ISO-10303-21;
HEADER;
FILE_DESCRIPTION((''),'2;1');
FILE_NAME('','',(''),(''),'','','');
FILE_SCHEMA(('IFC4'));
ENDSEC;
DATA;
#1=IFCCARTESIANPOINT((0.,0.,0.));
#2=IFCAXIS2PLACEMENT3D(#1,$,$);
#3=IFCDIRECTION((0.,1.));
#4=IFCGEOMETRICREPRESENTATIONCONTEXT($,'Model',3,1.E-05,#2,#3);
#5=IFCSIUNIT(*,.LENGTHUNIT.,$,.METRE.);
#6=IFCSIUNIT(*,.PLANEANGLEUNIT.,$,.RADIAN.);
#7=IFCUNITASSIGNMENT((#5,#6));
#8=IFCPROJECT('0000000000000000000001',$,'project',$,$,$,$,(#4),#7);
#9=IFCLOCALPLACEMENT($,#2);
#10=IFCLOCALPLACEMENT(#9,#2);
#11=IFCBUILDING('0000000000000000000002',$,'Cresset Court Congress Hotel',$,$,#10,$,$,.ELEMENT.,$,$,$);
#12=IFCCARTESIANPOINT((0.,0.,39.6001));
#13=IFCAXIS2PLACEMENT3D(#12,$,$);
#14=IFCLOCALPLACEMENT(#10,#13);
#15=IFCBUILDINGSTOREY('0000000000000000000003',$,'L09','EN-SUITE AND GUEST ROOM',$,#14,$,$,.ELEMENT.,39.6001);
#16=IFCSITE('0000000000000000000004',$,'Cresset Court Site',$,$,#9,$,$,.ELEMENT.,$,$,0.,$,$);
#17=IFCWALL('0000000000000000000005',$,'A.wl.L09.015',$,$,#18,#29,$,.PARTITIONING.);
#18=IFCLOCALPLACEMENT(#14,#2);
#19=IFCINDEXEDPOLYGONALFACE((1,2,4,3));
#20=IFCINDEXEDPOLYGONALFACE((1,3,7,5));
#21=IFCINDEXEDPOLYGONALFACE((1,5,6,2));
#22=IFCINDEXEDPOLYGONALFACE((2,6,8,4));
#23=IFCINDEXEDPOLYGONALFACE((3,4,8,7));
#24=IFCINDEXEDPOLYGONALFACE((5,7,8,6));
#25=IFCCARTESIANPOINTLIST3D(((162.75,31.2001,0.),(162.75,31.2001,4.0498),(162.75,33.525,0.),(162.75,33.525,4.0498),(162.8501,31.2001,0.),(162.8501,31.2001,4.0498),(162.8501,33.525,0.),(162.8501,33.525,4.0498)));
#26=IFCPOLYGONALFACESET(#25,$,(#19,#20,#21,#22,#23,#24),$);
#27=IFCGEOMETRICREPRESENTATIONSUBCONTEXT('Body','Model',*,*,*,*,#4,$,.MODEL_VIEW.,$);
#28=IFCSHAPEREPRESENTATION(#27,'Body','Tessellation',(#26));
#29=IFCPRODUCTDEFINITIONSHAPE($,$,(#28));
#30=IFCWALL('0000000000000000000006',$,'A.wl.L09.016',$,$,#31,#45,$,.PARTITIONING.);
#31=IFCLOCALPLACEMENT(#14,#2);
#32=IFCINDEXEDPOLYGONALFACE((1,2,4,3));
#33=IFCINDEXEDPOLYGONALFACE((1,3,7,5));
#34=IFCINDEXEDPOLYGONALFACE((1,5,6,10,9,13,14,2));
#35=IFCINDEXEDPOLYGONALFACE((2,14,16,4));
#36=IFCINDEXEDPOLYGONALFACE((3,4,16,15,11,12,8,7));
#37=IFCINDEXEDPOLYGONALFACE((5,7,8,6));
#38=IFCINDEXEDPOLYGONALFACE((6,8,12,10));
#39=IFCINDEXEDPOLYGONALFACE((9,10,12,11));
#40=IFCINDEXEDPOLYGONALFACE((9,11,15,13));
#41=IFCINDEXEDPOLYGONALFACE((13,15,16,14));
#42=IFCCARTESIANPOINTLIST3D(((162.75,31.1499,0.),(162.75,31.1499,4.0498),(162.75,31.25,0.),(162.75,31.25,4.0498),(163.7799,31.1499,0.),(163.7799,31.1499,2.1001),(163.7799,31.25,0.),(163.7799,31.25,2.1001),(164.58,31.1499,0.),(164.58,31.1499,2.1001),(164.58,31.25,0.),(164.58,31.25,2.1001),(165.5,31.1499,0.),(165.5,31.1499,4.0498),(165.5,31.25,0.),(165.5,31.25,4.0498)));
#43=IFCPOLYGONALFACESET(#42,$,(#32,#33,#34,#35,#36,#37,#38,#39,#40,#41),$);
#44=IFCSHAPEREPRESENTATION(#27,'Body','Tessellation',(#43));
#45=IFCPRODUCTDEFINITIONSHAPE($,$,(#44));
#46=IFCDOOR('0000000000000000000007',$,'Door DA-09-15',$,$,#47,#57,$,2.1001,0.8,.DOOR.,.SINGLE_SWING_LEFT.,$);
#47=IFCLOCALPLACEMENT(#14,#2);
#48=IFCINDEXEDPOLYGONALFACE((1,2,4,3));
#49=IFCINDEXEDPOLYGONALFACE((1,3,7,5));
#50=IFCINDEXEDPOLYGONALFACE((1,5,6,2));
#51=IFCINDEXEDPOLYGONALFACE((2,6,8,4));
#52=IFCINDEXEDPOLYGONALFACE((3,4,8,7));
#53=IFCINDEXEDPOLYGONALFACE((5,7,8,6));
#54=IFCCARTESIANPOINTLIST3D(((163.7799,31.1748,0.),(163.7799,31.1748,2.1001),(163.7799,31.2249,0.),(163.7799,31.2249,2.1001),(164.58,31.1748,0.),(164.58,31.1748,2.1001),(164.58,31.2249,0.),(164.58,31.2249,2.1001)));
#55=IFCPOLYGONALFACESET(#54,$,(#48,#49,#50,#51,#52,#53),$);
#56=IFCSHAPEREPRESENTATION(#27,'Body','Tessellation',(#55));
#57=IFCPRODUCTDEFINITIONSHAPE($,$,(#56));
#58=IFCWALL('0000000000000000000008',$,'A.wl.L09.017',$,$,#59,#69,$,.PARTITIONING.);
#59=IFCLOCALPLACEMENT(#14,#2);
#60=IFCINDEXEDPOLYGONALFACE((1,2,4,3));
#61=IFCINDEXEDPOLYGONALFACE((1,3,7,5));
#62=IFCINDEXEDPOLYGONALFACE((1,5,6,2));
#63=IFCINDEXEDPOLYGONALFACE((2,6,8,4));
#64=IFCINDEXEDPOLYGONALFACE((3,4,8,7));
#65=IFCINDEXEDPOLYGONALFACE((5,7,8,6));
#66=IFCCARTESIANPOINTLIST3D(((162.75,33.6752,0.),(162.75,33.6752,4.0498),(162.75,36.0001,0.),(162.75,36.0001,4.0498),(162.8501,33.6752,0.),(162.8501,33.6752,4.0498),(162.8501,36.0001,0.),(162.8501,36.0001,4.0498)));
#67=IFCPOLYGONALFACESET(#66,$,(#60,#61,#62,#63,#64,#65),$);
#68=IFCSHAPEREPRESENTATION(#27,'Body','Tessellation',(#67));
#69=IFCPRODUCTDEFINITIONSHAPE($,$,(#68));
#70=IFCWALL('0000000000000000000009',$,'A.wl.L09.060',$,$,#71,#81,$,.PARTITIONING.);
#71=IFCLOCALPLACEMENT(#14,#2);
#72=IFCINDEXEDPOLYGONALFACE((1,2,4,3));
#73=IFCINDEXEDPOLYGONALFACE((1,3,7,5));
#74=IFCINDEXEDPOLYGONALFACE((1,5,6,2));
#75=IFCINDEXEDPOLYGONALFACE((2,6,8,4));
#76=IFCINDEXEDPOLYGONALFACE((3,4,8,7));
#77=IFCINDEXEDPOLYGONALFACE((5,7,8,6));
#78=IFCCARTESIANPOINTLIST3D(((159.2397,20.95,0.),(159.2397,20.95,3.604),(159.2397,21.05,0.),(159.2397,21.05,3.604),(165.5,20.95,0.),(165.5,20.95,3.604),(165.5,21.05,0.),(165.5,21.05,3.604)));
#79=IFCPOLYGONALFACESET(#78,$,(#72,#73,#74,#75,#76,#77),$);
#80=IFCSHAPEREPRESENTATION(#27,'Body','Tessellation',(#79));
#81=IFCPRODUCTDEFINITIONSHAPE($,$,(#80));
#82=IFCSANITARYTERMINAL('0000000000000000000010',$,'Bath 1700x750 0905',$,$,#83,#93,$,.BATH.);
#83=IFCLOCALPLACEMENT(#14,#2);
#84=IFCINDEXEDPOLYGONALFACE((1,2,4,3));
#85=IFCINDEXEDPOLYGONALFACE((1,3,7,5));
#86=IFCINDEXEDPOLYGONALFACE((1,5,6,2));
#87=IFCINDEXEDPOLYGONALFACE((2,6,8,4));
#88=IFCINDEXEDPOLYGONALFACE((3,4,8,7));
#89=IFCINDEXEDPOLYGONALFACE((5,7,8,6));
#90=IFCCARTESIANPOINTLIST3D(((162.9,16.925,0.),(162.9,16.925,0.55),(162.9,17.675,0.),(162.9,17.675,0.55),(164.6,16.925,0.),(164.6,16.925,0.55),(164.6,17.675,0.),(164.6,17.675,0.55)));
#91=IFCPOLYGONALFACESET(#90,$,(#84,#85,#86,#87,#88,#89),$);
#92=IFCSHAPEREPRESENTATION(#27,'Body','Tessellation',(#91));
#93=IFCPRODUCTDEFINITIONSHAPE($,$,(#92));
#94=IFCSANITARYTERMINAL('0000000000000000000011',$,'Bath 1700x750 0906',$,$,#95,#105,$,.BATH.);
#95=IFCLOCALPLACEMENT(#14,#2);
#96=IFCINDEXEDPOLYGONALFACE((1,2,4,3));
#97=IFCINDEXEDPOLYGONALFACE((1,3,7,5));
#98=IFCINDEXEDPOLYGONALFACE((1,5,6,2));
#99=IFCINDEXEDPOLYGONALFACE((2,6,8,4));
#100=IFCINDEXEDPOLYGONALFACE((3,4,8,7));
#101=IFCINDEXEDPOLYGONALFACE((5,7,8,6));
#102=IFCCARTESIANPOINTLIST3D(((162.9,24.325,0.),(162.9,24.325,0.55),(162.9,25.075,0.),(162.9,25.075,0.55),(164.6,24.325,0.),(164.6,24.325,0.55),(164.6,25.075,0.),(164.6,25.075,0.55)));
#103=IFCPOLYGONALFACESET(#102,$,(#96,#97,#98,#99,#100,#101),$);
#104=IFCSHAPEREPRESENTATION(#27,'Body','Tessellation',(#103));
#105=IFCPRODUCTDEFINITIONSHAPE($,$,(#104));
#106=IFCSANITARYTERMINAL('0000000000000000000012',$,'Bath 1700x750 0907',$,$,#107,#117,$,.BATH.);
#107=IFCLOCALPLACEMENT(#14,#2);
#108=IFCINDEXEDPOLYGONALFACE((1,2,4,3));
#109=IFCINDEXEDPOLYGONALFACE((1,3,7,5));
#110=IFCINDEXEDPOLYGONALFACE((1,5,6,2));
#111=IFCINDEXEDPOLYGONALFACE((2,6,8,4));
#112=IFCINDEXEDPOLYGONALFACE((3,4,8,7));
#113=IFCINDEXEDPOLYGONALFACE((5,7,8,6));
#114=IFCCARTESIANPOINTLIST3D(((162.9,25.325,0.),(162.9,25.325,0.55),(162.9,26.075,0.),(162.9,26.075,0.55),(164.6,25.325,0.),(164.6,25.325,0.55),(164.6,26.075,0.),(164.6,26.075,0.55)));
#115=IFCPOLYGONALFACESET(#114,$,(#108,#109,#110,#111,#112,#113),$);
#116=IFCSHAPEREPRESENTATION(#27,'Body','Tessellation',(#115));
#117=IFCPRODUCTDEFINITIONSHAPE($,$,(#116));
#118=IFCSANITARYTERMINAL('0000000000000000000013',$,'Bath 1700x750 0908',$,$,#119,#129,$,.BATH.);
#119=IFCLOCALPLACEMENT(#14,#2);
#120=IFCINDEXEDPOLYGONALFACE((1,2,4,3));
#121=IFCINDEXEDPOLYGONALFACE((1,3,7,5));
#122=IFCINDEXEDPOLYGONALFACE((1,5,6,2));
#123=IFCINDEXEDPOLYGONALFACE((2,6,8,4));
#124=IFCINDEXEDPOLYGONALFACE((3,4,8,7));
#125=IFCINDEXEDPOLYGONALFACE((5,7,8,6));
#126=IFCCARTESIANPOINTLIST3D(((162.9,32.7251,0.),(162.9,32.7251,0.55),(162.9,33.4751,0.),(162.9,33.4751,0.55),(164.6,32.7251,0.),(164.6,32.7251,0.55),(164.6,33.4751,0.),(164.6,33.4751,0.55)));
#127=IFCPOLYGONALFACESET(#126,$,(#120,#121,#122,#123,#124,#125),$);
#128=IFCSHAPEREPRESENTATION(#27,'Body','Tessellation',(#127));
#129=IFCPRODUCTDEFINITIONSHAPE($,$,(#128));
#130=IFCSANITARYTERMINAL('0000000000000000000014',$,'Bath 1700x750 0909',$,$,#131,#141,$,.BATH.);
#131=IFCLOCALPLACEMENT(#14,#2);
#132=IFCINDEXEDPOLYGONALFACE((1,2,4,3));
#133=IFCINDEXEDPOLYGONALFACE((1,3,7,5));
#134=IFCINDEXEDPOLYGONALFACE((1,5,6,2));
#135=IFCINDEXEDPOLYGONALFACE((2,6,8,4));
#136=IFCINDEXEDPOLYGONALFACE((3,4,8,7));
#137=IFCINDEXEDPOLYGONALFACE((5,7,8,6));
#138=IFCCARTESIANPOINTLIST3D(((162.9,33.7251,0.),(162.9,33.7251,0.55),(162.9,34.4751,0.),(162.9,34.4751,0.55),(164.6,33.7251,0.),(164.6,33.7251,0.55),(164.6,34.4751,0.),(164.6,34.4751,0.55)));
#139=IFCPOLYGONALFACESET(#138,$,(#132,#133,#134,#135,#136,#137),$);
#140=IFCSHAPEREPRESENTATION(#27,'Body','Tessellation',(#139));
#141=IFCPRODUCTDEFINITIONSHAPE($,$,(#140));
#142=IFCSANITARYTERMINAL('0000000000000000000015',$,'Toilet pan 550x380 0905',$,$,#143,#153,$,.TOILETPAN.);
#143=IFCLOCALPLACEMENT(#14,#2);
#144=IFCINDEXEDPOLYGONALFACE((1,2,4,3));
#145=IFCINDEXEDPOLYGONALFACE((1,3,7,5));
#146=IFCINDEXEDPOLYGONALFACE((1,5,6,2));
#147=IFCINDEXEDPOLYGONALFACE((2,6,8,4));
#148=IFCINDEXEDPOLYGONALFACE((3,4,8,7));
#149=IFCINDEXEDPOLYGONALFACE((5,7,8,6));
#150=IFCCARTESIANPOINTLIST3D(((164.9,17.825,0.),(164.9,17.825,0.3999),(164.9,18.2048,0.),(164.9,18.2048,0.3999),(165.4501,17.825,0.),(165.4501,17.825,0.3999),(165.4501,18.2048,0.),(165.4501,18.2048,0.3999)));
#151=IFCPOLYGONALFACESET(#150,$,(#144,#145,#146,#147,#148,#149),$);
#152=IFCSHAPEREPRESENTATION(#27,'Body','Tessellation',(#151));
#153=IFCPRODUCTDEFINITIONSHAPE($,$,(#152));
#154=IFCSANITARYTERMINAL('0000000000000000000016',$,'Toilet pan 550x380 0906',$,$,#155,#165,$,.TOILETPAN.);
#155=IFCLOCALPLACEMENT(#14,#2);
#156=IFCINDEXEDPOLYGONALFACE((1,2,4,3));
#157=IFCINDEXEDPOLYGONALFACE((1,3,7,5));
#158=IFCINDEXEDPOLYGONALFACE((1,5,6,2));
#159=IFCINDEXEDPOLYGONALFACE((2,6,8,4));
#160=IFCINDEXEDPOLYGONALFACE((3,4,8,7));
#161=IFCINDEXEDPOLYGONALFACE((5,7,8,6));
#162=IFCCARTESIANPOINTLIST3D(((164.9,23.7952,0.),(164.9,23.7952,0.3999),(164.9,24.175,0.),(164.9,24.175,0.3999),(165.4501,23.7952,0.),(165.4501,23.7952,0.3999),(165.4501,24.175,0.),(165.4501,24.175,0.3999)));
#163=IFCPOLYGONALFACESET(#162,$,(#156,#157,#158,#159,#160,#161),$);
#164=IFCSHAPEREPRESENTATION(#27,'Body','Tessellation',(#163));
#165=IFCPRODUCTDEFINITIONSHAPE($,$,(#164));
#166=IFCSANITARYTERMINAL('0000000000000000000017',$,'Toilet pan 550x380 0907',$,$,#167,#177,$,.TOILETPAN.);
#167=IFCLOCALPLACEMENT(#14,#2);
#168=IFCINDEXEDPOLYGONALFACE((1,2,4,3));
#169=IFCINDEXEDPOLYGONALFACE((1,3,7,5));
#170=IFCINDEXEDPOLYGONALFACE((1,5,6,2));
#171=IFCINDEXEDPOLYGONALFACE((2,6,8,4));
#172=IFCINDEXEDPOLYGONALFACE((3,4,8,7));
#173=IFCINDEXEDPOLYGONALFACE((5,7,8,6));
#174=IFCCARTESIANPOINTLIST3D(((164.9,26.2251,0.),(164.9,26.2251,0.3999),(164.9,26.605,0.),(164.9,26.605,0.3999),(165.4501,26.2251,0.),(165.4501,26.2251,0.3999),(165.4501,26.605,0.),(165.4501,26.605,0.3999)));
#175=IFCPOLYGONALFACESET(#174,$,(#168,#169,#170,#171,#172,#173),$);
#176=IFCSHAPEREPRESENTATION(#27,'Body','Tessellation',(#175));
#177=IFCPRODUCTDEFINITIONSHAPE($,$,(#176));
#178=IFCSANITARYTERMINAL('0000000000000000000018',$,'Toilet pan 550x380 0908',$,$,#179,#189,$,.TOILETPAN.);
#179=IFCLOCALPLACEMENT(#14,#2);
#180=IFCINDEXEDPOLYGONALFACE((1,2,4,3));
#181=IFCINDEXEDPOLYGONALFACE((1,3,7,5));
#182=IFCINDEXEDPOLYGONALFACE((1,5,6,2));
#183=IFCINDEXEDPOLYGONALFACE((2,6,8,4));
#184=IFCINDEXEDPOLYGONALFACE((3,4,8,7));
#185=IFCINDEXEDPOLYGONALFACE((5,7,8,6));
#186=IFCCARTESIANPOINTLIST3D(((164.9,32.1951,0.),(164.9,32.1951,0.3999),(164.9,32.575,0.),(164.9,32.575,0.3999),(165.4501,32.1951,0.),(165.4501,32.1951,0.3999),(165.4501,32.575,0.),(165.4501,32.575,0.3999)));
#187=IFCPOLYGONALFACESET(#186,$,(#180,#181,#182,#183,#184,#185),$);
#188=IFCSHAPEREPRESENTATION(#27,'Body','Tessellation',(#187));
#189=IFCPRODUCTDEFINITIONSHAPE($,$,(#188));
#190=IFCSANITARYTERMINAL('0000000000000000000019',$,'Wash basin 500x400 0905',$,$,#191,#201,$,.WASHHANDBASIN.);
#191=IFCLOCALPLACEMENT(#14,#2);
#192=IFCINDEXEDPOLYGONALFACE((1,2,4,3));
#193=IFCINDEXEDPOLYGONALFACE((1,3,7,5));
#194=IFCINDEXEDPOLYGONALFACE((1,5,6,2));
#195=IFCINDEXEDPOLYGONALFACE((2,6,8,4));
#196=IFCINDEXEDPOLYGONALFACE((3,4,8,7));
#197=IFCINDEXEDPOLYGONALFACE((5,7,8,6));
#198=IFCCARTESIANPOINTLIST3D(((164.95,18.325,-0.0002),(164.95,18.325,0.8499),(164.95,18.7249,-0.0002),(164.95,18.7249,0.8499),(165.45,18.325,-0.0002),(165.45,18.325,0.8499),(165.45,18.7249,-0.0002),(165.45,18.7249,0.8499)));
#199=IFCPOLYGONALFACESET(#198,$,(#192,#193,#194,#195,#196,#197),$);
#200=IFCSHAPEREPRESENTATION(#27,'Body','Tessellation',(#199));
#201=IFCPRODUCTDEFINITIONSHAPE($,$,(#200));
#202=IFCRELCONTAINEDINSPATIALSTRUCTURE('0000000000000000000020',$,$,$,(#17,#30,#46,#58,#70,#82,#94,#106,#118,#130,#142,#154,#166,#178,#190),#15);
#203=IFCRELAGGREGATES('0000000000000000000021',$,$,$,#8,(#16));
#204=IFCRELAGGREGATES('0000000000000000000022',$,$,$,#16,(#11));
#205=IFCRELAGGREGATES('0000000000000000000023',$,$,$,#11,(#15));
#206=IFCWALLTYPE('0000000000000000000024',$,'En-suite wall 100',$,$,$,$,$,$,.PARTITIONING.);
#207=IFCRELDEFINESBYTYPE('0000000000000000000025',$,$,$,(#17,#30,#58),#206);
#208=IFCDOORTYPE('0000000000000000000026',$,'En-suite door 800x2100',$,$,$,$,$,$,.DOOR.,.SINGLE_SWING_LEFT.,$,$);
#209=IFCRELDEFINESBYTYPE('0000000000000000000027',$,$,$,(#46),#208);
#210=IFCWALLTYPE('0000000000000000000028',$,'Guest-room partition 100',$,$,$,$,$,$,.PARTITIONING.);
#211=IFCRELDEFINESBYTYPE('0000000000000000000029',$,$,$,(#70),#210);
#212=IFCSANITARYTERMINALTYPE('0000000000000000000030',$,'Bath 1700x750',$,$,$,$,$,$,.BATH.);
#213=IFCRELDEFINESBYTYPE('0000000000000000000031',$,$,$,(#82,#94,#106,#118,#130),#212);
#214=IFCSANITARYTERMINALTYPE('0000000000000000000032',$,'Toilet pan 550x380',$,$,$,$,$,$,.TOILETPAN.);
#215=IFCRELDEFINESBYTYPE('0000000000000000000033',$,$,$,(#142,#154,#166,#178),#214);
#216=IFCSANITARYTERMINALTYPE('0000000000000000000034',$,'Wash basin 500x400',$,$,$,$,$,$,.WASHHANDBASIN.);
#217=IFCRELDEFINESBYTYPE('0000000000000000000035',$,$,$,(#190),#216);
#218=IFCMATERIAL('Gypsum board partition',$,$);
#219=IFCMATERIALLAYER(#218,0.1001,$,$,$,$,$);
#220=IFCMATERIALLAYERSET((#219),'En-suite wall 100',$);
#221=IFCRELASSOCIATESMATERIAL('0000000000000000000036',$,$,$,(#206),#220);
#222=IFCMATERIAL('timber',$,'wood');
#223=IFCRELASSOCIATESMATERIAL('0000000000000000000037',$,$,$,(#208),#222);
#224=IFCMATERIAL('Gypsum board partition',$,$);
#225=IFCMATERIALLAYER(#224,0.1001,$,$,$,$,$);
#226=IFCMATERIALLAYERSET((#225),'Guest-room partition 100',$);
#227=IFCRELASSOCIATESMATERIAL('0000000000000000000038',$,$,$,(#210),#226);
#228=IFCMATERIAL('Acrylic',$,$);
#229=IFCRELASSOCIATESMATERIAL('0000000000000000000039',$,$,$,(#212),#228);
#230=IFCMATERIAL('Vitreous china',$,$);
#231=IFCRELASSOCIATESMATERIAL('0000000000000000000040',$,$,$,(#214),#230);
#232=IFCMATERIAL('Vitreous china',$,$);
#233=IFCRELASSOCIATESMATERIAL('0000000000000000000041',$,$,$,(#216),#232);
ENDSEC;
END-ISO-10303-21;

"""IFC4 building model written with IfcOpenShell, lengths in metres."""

from ifc_helpers import new_model, si_unit, direction, frame, frame_2d, origin, origin_2d, place, context, subcontext, project, spatial, rectangle, extrude, material, layer, layer_set, type_object, element, fill, save


model = new_model("IFC4")

# Units and contexts
model_context = context("Model", 3, precision=1e-05, world=origin(), true_north=direction((0.0, 1.0)))
body_context = subcontext(model_context, "Body", "Model", "MODEL_VIEW")
ifc_project = project(units=[si_unit("LENGTHUNIT", "METRE"), si_unit("PLANEANGLEUNIT", "RADIAN")], contexts=[model_context])

# Site, building, storey
site_placement = place(None, origin())
site = spatial("IfcSite", under=ifc_project, at=site_placement, Name="Cresset Court Site", CompositionType="ELEMENT", RefElevation=0.0)
building_placement = place(site_placement, origin())
building = spatial("IfcBuilding", under=site, at=building_placement, Name="Cresset Court Congress Hotel", CompositionType="ELEMENT")
storey_placement = place(building_placement, frame((0.0, 0.0, 39.6001)))
storey = spatial("IfcBuildingStorey", under=building, at=storey_placement, Name="L09", Description="EN-SUITE AND GUEST ROOM", CompositionType="ELEMENT", Elevation=39.6001)

# Shared definitions
ifc_material_1 = material(Name="Gypsum board partition")
ifc_layer_1 = layer(ifc_material_1, 0.1001)
ifc_layer_set_1 = layer_set([ifc_layer_1], Name="En-suite wall 100")
wall_type_1 = type_object("IfcWallType", Name="En-suite wall 100", PredefinedType="PARTITIONING", material=ifc_layer_set_1)

# Shared definitions
ifc_material_2 = material(Name="timber", Category="wood")
door_type = type_object("IfcDoorType", Name="En-suite door 800x2100", OperationType="SINGLE_SWING_LEFT", PredefinedType="DOOR", material=ifc_material_2)

# Wall
wall_1_placement = place(storey_placement, frame((162.8, 31.2, 0.0), z_axis=(0.0, 0.0, 1.0), x_axis=(0.0, 1.0, 0.0)))
element("IfcWall", 1, at=wall_1_placement, inside=storey, type_object=wall_type_1, Name="A.wl.L09.015", PredefinedType="PARTITIONING", context=body_context, shape_type="SweptSolid", body=[
    extrude(rectangle(XDim=2.325, YDim=0.1001, at=frame_2d((1.1626, 0.0))), origin(), (0.0, 0.0, 1.0), 4.0498),
])

# Wall, opening, door
wall_2_placement = place(storey_placement, frame((162.75, 31.2, 0.0), z_axis=(0.0, 0.0, 1.0), x_axis=(1.0, 0.0, 0.0)))
wall_2 = element("IfcWall", 2, at=wall_2_placement, inside=storey, type_object=wall_type_1, Name="A.wl.L09.016", PredefinedType="PARTITIONING", context=body_context, shape_type="SweptSolid", body=[
    extrude(rectangle(XDim=2.75, YDim=0.1001, at=frame_2d((1.375, 0.0))), origin(), (0.0, 0.0, 1.0), 4.0498),
])
opening_1_placement = place(wall_2_placement, frame((1.03, 0.0, 0.0)))
opening_1 = element("IfcOpeningElement", 3, at=opening_1_placement, cuts=wall_2, PredefinedType="OPENING", context=body_context, shape_type="SweptSolid", body=[
    extrude(rectangle(XDim=0.8, YDim=2.1001, at=frame_2d((0.3999, 1.05))), frame((0.0, 0.0601, 0.0), z_axis=(0.0, -1.0, 0.0), x_axis=(1.0, 0.0, 0.0)), (0.0, 0.0, 1.0), 0.1201),
])
door_1_placement = place(opening_1_placement, origin())
door_1 = element("IfcDoor", 4, at=door_1_placement, inside=storey, type_object=door_type, Name="Door DA-09-15", OperationType="SINGLE_SWING_LEFT", OverallHeight=2.1001, OverallWidth=0.8, PredefinedType="DOOR", context=body_context, shape_type="SweptSolid", body=[
    extrude(rectangle(XDim=0.8, YDim=2.1001, at=frame_2d((0.3999, 1.05))), frame((0.0, 0.0249, 0.0), z_axis=(0.0, -1.0, 0.0), x_axis=(1.0, 0.0, 0.0)), (0.0, 0.0, 1.0), 0.05),
])
fill(opening_1, door_1)

# Walls
wall_3_placement = place(storey_placement, frame((162.8, 33.675, 0.0), z_axis=(0.0, 0.0, 1.0), x_axis=(0.0, 1.0, 0.0)))
element("IfcWall", 5, at=wall_3_placement, inside=storey, type_object=wall_type_1, Name="A.wl.L09.017", PredefinedType="PARTITIONING", context=body_context, shape_type="SweptSolid", body=[
    extrude(rectangle(XDim=2.325, YDim=0.1001, at=frame_2d((1.1626, 0.0))), origin(), (0.0, 0.0, 1.0), 4.0498),
])
ifc_material_3 = material(Name="Gypsum board partition")
ifc_layer_2 = layer(ifc_material_3, 0.1001)
ifc_layer_set_2 = layer_set([ifc_layer_2], Name="Guest-room partition 100")
wall_type_2 = type_object("IfcWallType", Name="Guest-room partition 100", PredefinedType="PARTITIONING", material=ifc_layer_set_2)
wall_4_placement = place(storey_placement, frame((159.2397, 21.0, 0.0), z_axis=(0.0, 0.0, 1.0), x_axis=(1.0, 0.0, 0.0)))
element("IfcWall", 6, at=wall_4_placement, inside=storey, type_object=wall_type_2, Name="A.wl.L09.060", PredefinedType="PARTITIONING", context=body_context, shape_type="SweptSolid", body=[
    extrude(rectangle(XDim=6.2603, YDim=0.1001, at=frame_2d((3.1301, 0.0))), origin(), (0.0, 0.0, 1.0), 3.604),
])

# Sanitary terminals
ifc_material_4 = material(Name="Acrylic")
sanitary_terminal_type_1 = type_object("IfcSanitaryTerminalType", Name="Bath 1700x750", PredefinedType="BATH", material=ifc_material_4)
for number, where, z_axis, x_axis, name in (
    (7, (163.75, 17.3, 0.0), (0.0, 0.0, 1.0), (1.0, 0.0, 0.0), "Bath 1700x750 0905"),
    (8, (163.75, 24.7, 0.0), (0.0, 0.0, 1.0), (1.0, 0.0, 0.0), "Bath 1700x750 0906"),
    (9, (163.75, 25.7, 0.0), (0.0, 0.0, 1.0), (1.0, 0.0, 0.0), "Bath 1700x750 0907"),
    (10, (163.75, 33.1001, 0.0), (0.0, 0.0, 1.0), (1.0, 0.0, 0.0), "Bath 1700x750 0908"),
    (11, (163.75, 34.1001, 0.0), (0.0, 0.0, 1.0), (1.0, 0.0, 0.0), "Bath 1700x750 0909"),
):
    element("IfcSanitaryTerminal", number, at=place(storey_placement, frame(where, z_axis=z_axis, x_axis=x_axis)), inside=storey, type_object=sanitary_terminal_type_1, Name=name, PredefinedType="BATH", context=body_context, shape_type="SweptSolid", body=[
        extrude(rectangle(XDim=1.7, YDim=0.75, at=origin_2d()), origin(), (0.0, 0.0, 1.0), 0.55),
    ])
ifc_material_5 = material(Name="Vitreous china")
sanitary_terminal_type_2 = type_object("IfcSanitaryTerminalType", Name="Toilet pan 550x380", PredefinedType="TOILETPAN", material=ifc_material_5)
for number, where, z_axis, x_axis, name in (
    (12, (165.175, 18.0149, 0.0), (0.0, 0.0, 1.0), (1.0, 0.0, 0.0), "Toilet pan 550x380 0905"),
    (13, (165.175, 23.9851, 0.0), (0.0, 0.0, 1.0), (1.0, 0.0, 0.0), "Toilet pan 550x380 0906"),
    (14, (165.175, 26.415, 0.0), (0.0, 0.0, 1.0), (1.0, 0.0, 0.0), "Toilet pan 550x380 0907"),
    (15, (165.175, 32.385, 0.0), (0.0, 0.0, 1.0), (1.0, 0.0, 0.0), "Toilet pan 550x380 0908"),
):
    element("IfcSanitaryTerminal", number, at=place(storey_placement, frame(where, z_axis=z_axis, x_axis=x_axis)), inside=storey, type_object=sanitary_terminal_type_2, Name=name, PredefinedType="TOILETPAN", context=body_context, shape_type="SweptSolid", body=[
        extrude(rectangle(XDim=0.55, YDim=0.3799, at=origin_2d()), origin(), (0.0, 0.0, 1.0), 0.3999),
    ])
ifc_material_6 = material(Name="Vitreous china")
sanitary_terminal_type_3 = type_object("IfcSanitaryTerminalType", Name="Wash basin 500x400", PredefinedType="WASHHANDBASIN", material=ifc_material_6)
for number, where, z_axis, x_axis, name in (
    (16, (165.2, 18.5249, -0.0002), (0.0, 0.0, 1.0), (1.0, 0.0, 0.0), "Wash basin 500x400 0905"),
):
    element("IfcSanitaryTerminal", number, at=place(storey_placement, frame(where, z_axis=z_axis, x_axis=x_axis)), inside=storey, type_object=sanitary_terminal_type_3, Name=name, PredefinedType="WASHHANDBASIN", context=body_context, shape_type="SweptSolid", body=[
        extrude(rectangle(XDim=0.5, YDim=0.3999, at=origin_2d()), origin(), (0.0, 0.0, 1.0), 0.8501),
    ])

save(model, "model.ifc")
